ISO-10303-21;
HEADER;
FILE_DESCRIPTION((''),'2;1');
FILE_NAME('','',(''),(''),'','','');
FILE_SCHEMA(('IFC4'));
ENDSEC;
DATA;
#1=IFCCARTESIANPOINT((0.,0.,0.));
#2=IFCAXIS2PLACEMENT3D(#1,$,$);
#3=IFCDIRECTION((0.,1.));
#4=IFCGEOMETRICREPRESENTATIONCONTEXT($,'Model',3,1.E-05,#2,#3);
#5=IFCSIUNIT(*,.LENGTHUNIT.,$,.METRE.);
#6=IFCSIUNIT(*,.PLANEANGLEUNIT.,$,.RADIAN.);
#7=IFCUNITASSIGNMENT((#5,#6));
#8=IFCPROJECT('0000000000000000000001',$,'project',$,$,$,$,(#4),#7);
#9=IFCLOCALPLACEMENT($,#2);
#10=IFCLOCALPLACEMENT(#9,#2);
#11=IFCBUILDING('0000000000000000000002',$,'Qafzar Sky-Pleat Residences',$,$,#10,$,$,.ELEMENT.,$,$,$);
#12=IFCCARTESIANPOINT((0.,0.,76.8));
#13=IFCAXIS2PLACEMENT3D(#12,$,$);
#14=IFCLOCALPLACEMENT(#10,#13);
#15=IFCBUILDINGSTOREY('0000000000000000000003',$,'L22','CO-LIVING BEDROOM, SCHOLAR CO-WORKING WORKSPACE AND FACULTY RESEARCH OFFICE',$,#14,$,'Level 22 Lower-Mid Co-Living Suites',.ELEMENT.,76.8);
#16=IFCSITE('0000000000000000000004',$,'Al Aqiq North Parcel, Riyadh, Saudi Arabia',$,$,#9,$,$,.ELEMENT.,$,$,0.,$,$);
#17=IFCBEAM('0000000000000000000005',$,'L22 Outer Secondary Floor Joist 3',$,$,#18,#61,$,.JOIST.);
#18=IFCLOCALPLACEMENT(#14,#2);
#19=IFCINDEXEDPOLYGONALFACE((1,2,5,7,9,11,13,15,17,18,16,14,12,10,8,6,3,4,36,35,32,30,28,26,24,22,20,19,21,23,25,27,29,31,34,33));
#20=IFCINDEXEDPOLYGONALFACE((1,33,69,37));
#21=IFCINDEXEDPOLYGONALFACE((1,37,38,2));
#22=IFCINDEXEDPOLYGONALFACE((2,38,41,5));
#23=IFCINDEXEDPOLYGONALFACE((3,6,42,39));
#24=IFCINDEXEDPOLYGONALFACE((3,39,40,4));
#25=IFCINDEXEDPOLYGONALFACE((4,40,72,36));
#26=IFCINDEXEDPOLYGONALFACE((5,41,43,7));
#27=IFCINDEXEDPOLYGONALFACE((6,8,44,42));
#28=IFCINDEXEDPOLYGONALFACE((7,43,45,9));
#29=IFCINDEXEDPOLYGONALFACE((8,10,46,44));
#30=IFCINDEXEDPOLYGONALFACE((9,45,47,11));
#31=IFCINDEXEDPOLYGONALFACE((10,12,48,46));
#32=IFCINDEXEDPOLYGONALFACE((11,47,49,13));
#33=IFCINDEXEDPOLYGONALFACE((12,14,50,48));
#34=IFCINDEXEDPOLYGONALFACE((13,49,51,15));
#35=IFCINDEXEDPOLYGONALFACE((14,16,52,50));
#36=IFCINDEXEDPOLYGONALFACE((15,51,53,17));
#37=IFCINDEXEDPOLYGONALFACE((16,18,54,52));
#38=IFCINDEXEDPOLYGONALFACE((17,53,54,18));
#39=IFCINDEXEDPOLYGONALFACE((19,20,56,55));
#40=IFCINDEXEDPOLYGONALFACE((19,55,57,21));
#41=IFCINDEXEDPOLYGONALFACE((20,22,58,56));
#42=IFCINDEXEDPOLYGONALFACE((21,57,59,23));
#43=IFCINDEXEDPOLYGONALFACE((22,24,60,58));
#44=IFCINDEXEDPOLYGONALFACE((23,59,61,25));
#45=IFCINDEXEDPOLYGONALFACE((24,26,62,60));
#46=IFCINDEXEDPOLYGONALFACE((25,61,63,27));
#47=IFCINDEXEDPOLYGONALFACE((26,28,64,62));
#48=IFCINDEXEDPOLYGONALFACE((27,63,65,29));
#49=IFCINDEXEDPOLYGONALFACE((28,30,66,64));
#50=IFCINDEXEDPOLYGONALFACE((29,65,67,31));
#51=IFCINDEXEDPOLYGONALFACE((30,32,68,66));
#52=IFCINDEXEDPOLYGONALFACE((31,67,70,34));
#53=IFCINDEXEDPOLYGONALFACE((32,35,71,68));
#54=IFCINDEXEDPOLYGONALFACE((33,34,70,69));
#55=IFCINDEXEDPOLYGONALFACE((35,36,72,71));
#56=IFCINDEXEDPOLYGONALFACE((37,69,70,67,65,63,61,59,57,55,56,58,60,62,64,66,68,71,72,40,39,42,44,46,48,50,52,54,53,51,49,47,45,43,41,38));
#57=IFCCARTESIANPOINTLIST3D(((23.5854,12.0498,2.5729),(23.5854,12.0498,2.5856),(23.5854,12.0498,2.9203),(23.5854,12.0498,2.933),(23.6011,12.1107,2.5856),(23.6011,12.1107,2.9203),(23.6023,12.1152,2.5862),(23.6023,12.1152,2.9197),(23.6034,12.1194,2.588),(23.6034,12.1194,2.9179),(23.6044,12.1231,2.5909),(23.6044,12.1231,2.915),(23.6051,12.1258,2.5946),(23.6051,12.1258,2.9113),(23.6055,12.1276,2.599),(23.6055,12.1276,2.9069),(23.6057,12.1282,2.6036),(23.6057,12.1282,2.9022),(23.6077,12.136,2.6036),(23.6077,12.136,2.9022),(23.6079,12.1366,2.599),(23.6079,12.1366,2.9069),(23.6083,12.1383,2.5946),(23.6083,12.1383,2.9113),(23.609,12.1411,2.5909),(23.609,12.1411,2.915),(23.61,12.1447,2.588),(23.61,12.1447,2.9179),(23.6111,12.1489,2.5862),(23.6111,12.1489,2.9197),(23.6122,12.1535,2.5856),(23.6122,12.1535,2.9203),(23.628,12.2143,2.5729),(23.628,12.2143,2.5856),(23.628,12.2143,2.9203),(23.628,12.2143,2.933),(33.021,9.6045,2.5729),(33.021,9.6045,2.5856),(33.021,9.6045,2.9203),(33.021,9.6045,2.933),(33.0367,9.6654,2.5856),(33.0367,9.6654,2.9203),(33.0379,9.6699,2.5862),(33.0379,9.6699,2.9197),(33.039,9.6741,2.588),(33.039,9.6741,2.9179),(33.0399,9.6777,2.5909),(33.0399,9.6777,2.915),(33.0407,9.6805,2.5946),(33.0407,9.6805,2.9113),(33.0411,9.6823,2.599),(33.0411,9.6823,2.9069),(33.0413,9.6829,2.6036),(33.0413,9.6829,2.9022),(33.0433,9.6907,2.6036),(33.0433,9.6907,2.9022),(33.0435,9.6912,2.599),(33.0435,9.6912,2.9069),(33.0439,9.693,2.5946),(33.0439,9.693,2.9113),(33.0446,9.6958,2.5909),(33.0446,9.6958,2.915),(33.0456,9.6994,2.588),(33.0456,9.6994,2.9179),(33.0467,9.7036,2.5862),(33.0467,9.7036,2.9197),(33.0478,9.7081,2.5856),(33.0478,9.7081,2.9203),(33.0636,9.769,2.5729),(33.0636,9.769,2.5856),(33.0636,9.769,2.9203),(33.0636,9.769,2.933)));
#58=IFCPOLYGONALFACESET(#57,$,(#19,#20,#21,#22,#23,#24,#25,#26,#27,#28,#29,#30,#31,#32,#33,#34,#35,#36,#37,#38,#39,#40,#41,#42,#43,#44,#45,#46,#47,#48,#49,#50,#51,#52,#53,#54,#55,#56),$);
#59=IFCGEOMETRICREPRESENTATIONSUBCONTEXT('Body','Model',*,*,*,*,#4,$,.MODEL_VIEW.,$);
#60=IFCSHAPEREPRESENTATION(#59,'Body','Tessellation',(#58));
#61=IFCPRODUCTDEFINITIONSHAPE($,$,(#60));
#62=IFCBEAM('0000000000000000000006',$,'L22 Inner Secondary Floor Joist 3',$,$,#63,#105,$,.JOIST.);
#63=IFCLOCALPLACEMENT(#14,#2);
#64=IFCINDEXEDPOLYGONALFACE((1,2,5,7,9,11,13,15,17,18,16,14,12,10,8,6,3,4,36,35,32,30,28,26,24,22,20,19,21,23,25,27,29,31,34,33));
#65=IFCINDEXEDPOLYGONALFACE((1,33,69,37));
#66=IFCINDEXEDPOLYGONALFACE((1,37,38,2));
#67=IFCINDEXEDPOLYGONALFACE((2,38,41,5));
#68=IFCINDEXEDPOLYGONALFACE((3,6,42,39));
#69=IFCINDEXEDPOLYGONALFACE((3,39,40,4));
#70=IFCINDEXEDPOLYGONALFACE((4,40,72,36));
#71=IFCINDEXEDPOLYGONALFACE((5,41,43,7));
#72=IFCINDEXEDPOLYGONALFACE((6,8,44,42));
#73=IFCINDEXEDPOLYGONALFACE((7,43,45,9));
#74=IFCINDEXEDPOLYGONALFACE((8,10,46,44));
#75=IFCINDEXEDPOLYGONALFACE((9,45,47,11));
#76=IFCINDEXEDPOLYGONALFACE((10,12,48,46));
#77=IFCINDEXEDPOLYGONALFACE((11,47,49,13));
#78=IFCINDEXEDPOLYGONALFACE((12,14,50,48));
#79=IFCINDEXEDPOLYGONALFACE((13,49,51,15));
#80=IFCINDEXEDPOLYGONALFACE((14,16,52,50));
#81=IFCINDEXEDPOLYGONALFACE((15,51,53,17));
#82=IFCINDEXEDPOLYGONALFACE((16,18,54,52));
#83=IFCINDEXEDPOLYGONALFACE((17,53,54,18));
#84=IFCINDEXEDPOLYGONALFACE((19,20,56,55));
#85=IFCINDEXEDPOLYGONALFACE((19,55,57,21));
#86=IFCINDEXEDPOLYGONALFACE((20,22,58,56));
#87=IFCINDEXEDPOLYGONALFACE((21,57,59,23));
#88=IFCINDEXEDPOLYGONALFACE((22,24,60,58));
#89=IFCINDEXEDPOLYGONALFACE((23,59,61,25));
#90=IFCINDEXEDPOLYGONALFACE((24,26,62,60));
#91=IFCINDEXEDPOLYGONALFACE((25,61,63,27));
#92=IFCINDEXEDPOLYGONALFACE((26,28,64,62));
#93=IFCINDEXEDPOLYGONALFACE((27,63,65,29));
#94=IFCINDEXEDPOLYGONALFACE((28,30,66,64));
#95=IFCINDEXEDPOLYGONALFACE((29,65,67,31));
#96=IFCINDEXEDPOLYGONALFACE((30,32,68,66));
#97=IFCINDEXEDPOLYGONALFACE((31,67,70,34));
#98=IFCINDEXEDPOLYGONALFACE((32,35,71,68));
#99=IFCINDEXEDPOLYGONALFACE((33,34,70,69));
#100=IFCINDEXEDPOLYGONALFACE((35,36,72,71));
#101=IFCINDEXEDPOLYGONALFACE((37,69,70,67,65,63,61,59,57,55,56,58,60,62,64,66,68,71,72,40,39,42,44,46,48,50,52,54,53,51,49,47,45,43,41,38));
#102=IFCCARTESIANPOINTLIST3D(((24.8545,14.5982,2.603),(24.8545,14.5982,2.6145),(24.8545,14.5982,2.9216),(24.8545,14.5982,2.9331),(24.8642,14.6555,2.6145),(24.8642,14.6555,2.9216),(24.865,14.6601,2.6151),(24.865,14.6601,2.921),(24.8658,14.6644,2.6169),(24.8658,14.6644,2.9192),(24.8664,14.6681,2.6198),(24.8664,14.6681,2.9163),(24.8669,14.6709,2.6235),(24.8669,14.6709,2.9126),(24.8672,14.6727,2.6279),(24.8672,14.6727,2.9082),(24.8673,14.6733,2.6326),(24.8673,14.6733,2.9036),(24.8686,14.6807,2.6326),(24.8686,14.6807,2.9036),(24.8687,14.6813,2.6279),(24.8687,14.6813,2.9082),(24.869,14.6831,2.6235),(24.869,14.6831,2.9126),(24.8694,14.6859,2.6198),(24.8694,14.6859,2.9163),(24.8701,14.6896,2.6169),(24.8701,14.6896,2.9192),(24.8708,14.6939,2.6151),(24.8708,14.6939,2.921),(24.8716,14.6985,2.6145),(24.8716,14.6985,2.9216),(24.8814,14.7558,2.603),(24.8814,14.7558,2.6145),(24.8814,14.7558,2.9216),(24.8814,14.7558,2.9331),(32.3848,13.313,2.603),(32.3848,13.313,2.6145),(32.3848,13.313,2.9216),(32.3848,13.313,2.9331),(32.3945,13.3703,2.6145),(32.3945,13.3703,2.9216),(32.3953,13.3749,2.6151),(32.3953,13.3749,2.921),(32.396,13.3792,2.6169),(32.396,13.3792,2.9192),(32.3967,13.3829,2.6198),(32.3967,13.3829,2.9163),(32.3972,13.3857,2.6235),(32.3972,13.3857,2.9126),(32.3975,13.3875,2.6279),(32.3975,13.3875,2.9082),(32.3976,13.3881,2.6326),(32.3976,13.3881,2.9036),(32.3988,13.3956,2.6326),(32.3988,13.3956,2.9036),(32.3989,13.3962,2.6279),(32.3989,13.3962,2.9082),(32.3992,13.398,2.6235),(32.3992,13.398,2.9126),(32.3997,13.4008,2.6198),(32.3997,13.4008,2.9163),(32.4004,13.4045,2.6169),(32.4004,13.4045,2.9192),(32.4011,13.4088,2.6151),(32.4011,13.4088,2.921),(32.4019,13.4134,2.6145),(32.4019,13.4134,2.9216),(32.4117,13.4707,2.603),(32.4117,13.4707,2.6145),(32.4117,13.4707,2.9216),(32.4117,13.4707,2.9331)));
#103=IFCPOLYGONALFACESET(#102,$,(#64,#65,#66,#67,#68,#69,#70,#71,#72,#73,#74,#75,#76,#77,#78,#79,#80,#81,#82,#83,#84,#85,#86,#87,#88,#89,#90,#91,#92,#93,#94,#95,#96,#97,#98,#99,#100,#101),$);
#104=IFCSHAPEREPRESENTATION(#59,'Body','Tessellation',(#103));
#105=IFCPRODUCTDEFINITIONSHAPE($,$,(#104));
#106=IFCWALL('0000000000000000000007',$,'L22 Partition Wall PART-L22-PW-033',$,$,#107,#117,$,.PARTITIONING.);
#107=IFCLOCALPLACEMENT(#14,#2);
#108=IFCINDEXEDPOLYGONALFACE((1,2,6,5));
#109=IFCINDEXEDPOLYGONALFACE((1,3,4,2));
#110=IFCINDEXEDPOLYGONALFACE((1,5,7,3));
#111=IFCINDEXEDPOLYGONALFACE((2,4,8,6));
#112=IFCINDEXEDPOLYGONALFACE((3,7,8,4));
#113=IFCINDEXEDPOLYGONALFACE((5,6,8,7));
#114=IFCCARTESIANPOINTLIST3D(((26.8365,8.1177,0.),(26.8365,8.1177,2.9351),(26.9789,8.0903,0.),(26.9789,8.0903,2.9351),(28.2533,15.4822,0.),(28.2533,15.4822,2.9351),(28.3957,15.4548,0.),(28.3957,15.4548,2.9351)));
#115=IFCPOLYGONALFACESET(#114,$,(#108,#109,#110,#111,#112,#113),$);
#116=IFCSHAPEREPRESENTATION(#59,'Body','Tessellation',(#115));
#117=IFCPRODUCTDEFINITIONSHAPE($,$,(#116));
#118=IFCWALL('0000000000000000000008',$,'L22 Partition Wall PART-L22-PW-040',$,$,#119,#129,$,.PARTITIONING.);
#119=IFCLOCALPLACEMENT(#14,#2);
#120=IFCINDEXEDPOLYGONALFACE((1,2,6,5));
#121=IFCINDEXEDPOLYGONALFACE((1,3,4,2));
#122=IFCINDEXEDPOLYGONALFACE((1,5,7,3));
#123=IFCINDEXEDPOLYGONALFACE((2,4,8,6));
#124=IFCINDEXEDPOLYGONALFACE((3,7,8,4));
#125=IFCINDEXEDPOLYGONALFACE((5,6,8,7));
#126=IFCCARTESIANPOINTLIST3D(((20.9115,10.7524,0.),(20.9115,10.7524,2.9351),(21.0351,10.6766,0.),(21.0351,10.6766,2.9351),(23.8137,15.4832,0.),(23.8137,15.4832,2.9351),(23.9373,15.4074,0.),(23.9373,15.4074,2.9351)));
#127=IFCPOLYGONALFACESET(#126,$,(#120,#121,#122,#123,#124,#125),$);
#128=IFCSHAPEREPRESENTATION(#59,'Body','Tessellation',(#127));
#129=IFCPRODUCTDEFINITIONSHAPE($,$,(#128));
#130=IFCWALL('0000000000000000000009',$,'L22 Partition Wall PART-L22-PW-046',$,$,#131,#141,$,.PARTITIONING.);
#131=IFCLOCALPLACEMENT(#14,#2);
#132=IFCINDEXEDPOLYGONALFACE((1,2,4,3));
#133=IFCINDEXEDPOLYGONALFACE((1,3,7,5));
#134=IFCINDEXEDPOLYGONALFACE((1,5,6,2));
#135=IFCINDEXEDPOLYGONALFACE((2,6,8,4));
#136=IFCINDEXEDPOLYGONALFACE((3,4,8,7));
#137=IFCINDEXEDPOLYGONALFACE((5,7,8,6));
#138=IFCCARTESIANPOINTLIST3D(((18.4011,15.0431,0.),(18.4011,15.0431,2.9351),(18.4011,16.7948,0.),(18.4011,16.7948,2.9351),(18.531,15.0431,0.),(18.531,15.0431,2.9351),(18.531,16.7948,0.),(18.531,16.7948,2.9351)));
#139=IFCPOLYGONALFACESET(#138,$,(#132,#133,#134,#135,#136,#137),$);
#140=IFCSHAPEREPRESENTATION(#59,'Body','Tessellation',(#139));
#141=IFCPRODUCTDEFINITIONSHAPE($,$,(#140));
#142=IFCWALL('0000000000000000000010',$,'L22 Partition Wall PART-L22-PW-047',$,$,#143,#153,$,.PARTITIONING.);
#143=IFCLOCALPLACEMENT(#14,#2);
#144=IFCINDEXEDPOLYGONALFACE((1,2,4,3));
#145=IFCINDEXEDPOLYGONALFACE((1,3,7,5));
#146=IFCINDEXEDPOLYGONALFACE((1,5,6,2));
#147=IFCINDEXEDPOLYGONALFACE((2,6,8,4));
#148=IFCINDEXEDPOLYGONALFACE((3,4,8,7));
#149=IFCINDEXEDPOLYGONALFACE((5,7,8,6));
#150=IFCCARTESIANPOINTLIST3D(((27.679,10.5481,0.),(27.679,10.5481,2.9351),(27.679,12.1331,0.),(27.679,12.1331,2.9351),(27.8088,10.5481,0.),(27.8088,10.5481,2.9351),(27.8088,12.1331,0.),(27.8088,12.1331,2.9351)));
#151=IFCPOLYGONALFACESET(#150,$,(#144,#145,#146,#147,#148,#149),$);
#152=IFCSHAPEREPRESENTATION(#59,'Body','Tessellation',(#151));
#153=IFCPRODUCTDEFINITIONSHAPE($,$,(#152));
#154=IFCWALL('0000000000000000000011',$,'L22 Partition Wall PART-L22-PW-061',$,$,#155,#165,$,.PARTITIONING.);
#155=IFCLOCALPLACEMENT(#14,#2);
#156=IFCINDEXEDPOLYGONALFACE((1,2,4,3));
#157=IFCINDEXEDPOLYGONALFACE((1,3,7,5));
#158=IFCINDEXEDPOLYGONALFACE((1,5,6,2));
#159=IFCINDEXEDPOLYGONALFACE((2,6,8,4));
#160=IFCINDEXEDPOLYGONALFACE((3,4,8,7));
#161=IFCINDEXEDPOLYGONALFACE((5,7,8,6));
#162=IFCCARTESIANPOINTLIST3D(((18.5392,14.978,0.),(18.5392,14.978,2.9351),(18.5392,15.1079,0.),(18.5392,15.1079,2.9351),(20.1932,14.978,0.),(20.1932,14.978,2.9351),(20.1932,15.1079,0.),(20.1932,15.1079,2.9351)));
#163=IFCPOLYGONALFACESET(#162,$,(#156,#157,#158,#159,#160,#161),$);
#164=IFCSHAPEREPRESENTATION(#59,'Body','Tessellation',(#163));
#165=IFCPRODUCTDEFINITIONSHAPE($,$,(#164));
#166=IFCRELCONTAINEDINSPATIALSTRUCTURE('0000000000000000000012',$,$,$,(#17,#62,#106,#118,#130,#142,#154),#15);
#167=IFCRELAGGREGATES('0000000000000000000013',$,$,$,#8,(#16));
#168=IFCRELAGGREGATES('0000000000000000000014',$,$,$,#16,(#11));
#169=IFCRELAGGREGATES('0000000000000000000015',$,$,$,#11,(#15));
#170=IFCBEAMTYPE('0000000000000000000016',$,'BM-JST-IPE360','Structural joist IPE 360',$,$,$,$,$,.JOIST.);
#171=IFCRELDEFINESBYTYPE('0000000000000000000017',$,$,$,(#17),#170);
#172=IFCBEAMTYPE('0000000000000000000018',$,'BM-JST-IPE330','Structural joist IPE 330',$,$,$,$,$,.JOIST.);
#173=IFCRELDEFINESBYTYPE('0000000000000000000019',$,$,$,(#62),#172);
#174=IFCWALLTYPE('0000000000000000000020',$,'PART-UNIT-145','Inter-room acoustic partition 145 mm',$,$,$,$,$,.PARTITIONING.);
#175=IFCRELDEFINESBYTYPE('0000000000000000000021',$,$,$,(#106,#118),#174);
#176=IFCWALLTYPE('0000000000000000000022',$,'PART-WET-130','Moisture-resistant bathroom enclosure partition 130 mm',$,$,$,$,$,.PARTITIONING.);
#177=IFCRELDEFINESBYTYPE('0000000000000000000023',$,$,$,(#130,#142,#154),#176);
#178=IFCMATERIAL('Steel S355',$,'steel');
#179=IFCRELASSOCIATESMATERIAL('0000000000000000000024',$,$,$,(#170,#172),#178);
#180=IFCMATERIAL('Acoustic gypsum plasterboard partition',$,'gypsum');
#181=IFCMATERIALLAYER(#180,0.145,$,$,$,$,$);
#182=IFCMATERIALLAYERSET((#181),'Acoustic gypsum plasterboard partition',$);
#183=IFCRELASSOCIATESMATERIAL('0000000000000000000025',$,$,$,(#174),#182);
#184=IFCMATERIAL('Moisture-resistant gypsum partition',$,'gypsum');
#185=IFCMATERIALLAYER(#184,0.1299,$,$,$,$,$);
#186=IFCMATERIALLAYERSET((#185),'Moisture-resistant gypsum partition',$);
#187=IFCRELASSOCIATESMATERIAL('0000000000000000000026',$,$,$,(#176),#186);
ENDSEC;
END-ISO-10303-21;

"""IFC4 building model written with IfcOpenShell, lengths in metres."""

from ifc_helpers import new_model, si_unit, direction, frame, frame_2d, origin, origin_2d, place, context, subcontext, project, spatial, rectangle, i_section, extrude, source, transform, mapped, material, layer, layer_set, material_profile, profile_set, type_object, element, save


model = new_model("IFC4")

# Units and contexts
model_context = context("Model", 3, precision=1e-05, world=origin(), true_north=direction((0.0, 1.0)))
body_context = subcontext(model_context, "Body", "Model", "MODEL_VIEW")
ifc_project = project(units=[si_unit("LENGTHUNIT", "METRE"), si_unit("PLANEANGLEUNIT", "RADIAN")], contexts=[model_context])

# Site, building, storey
site_placement = place(None, origin())
site = spatial("IfcSite", under=ifc_project, at=site_placement, Name="Al Aqiq North Parcel, Riyadh, Saudi Arabia", CompositionType="ELEMENT", RefElevation=0.0)
building_placement = place(site_placement, origin())
building = spatial("IfcBuilding", under=site, at=building_placement, Name="Qafzar Sky-Pleat Residences", CompositionType="ELEMENT")
storey_placement = place(building_placement, frame((0.0, 0.0, 76.8)))
storey = spatial("IfcBuildingStorey", under=building, at=storey_placement, Name="L22", Description="CO-LIVING BEDROOM, SCHOLAR CO-WORKING WORKSPACE AND FACULTY RESEARCH OFFICE", LongName="Level 22 Lower-Mid Co-Living Suites", CompositionType="ELEMENT", Elevation=76.8)

# Beams
ifc_material_1 = material(Name="Steel S355", Category="steel")
ifc_material_profile_1 = material_profile(ifc_material_1, i_section(OverallWidth=0.1699, OverallDepth=0.3601, WebThickness=0.0081, FlangeThickness=0.0127, FilletRadius=0.0181, at=origin_2d()), Name="IPE 360")
ifc_profile_set_1 = profile_set([ifc_material_profile_1], Name="Steel S355")
beam_type_1 = type_object("IfcBeamType", Name="BM-JST-IPE360", Description="Structural joist IPE 360", PredefinedType="JOIST", material=ifc_profile_set_1)
shared_shape_1 = source(origin(), body_context, "Body", "SweptSolid", [
    extrude(i_section(OverallWidth=0.1699, OverallDepth=0.3601, WebThickness=0.0081, FlangeThickness=0.0127, FilletRadius=0.0181, at=origin_2d()), origin(), (0.0, 0.0, 1.0), 9.7473),
])
beam_1_placement = place(storey_placement, frame((23.6067, 12.1321, 2.7529), z_axis=(0.96802, -0.250872, 0.0), x_axis=(0.250872, 0.96802, 0.0)))
element("IfcBeam", 1, at=beam_1_placement, inside=storey, type_object=beam_type_1, Name="L22 Outer Secondary Floor Joist 3", PredefinedType="JOIST", context=body_context, shape_type="MappedRepresentation", body=[
    mapped(shared_shape_1, transform((0.0, 0.0, 0.0), x_axis=(1.0, 0.0, 0.0), y_axis=(0.0, 1.0, 0.0), z_axis=(0.0, 0.0, 1.0), scale=1.0)),
])
ifc_material_profile_2 = material_profile(ifc_material_1, i_section(OverallWidth=0.1599, OverallDepth=0.3301, WebThickness=0.0076, FlangeThickness=0.0115, FilletRadius=0.0181, at=origin_2d()), Name="IPE 330")
ifc_profile_set_2 = profile_set([ifc_material_profile_2], Name="Steel S355")
beam_type_2 = type_object("IfcBeamType", Name="BM-JST-IPE330", Description="Structural joist IPE 330", PredefinedType="JOIST", material=ifc_profile_set_2)
shared_shape_2 = source(origin(), body_context, "Body", "SweptSolid", [
    extrude(i_section(OverallWidth=0.1599, OverallDepth=0.3301, WebThickness=0.0076, FlangeThickness=0.0115, FilletRadius=0.0181, at=origin_2d()), origin(), (0.0, 0.0, 1.0), 7.6392),
])
beam_2_placement = place(storey_placement, frame((24.8679, 14.677, 2.7681), z_axis=(0.985747, -0.168233, 0.0), x_axis=(0.168233, 0.985747, 0.0)))
element("IfcBeam", 2, at=beam_2_placement, inside=storey, type_object=beam_type_2, Name="L22 Inner Secondary Floor Joist 3", PredefinedType="JOIST", context=body_context, shape_type="MappedRepresentation", body=[
    mapped(shared_shape_2, transform((0.0, 0.0, 0.0), x_axis=(1.0, 0.0, 0.0), y_axis=(0.0, 1.0, 0.0), z_axis=(0.0, 0.0, 1.0), scale=1.0)),
])

# Walls
ifc_material_2 = material(Name="Acoustic gypsum plasterboard partition", Category="gypsum")
ifc_layer_1 = layer(ifc_material_2, 0.145)
ifc_layer_set_1 = layer_set([ifc_layer_1], Name="Acoustic gypsum plasterboard partition")
wall_type_1 = type_object("IfcWallType", Name="PART-UNIT-145", Description="Inter-room acoustic partition 145 mm", PredefinedType="PARTITIONING", material=ifc_layer_set_1)
wall_1_placement = place(storey_placement, frame((26.9077, 8.104, 0.0), z_axis=(0.0, 0.0, 1.0), x_axis=(0.188911, 0.981994, 0.0)))
element("IfcWall", 3, at=wall_1_placement, inside=storey, type_object=wall_type_1, Name="L22 Partition Wall PART-L22-PW-033", PredefinedType="PARTITIONING", context=body_context, shape_type="SweptSolid", body=[
    extrude(rectangle(XDim=7.4995, YDim=0.145, at=frame_2d((3.7498, 0.0))), origin(), (0.0, 0.0, 1.0), 2.9351),
])
wall_2_placement = place(storey_placement, frame((20.9734, 10.7146, 0.0), z_axis=(0.0, 0.0, 1.0), x_axis=(0.522907, 0.85239, 0.0)))
element("IfcWall", 4, at=wall_2_placement, inside=storey, type_object=wall_type_1, Name="L22 Partition Wall PART-L22-PW-040", PredefinedType="PARTITIONING", context=body_context, shape_type="SweptSolid", body=[
    extrude(rectangle(XDim=5.55, YDim=0.145, at=frame_2d((2.7749, 0.0))), origin(), (0.0, 0.0, 1.0), 2.9351),
])
ifc_material_3 = material(Name="Moisture-resistant gypsum partition", Category="gypsum")
ifc_layer_2 = layer(ifc_material_3, 0.1299)
ifc_layer_set_2 = layer_set([ifc_layer_2], Name="Moisture-resistant gypsum partition")
wall_type_2 = type_object("IfcWallType", Name="PART-WET-130", Description="Moisture-resistant bathroom enclosure partition 130 mm", PredefinedType="PARTITIONING", material=ifc_layer_set_2)
wall_3_placement = place(storey_placement, frame((18.4661, 15.043, 0.0), z_axis=(0.0, 0.0, 1.0), x_axis=(0.0, 1.0, 0.0)))
element("IfcWall", 5, at=wall_3_placement, inside=storey, type_object=wall_type_2, Name="L22 Partition Wall PART-L22-PW-046", PredefinedType="PARTITIONING", context=body_context, shape_type="SweptSolid", body=[
    extrude(rectangle(XDim=1.7517, YDim=0.1299, at=frame_2d((0.876, 0.0))), origin(), (0.0, 0.0, 1.0), 2.9351),
])
wall_4_placement = place(storey_placement, frame((27.7439, 10.5481, 0.0), z_axis=(0.0, 0.0, 1.0), x_axis=(0.0, 1.0, 0.0)))
element("IfcWall", 6, at=wall_4_placement, inside=storey, type_object=wall_type_2, Name="L22 Partition Wall PART-L22-PW-047", PredefinedType="PARTITIONING", context=body_context, shape_type="SweptSolid", body=[
    extrude(rectangle(XDim=1.585, YDim=0.1299, at=frame_2d((0.7925, 0.0))), origin(), (0.0, 0.0, 1.0), 2.9351),
])
wall_5_placement = place(storey_placement, frame((18.5391, 15.043, 0.0), z_axis=(0.0, 0.0, 1.0), x_axis=(1.0, 0.0, 0.0)))
element("IfcWall", 7, at=wall_5_placement, inside=storey, type_object=wall_type_2, Name="L22 Partition Wall PART-L22-PW-061", PredefinedType="PARTITIONING", context=body_context, shape_type="SweptSolid", body=[
    extrude(rectangle(XDim=1.6541, YDim=0.1299, at=frame_2d((0.8271, 0.0))), origin(), (0.0, 0.0, 1.0), 2.9351),
])

save(model, "model.ifc")
